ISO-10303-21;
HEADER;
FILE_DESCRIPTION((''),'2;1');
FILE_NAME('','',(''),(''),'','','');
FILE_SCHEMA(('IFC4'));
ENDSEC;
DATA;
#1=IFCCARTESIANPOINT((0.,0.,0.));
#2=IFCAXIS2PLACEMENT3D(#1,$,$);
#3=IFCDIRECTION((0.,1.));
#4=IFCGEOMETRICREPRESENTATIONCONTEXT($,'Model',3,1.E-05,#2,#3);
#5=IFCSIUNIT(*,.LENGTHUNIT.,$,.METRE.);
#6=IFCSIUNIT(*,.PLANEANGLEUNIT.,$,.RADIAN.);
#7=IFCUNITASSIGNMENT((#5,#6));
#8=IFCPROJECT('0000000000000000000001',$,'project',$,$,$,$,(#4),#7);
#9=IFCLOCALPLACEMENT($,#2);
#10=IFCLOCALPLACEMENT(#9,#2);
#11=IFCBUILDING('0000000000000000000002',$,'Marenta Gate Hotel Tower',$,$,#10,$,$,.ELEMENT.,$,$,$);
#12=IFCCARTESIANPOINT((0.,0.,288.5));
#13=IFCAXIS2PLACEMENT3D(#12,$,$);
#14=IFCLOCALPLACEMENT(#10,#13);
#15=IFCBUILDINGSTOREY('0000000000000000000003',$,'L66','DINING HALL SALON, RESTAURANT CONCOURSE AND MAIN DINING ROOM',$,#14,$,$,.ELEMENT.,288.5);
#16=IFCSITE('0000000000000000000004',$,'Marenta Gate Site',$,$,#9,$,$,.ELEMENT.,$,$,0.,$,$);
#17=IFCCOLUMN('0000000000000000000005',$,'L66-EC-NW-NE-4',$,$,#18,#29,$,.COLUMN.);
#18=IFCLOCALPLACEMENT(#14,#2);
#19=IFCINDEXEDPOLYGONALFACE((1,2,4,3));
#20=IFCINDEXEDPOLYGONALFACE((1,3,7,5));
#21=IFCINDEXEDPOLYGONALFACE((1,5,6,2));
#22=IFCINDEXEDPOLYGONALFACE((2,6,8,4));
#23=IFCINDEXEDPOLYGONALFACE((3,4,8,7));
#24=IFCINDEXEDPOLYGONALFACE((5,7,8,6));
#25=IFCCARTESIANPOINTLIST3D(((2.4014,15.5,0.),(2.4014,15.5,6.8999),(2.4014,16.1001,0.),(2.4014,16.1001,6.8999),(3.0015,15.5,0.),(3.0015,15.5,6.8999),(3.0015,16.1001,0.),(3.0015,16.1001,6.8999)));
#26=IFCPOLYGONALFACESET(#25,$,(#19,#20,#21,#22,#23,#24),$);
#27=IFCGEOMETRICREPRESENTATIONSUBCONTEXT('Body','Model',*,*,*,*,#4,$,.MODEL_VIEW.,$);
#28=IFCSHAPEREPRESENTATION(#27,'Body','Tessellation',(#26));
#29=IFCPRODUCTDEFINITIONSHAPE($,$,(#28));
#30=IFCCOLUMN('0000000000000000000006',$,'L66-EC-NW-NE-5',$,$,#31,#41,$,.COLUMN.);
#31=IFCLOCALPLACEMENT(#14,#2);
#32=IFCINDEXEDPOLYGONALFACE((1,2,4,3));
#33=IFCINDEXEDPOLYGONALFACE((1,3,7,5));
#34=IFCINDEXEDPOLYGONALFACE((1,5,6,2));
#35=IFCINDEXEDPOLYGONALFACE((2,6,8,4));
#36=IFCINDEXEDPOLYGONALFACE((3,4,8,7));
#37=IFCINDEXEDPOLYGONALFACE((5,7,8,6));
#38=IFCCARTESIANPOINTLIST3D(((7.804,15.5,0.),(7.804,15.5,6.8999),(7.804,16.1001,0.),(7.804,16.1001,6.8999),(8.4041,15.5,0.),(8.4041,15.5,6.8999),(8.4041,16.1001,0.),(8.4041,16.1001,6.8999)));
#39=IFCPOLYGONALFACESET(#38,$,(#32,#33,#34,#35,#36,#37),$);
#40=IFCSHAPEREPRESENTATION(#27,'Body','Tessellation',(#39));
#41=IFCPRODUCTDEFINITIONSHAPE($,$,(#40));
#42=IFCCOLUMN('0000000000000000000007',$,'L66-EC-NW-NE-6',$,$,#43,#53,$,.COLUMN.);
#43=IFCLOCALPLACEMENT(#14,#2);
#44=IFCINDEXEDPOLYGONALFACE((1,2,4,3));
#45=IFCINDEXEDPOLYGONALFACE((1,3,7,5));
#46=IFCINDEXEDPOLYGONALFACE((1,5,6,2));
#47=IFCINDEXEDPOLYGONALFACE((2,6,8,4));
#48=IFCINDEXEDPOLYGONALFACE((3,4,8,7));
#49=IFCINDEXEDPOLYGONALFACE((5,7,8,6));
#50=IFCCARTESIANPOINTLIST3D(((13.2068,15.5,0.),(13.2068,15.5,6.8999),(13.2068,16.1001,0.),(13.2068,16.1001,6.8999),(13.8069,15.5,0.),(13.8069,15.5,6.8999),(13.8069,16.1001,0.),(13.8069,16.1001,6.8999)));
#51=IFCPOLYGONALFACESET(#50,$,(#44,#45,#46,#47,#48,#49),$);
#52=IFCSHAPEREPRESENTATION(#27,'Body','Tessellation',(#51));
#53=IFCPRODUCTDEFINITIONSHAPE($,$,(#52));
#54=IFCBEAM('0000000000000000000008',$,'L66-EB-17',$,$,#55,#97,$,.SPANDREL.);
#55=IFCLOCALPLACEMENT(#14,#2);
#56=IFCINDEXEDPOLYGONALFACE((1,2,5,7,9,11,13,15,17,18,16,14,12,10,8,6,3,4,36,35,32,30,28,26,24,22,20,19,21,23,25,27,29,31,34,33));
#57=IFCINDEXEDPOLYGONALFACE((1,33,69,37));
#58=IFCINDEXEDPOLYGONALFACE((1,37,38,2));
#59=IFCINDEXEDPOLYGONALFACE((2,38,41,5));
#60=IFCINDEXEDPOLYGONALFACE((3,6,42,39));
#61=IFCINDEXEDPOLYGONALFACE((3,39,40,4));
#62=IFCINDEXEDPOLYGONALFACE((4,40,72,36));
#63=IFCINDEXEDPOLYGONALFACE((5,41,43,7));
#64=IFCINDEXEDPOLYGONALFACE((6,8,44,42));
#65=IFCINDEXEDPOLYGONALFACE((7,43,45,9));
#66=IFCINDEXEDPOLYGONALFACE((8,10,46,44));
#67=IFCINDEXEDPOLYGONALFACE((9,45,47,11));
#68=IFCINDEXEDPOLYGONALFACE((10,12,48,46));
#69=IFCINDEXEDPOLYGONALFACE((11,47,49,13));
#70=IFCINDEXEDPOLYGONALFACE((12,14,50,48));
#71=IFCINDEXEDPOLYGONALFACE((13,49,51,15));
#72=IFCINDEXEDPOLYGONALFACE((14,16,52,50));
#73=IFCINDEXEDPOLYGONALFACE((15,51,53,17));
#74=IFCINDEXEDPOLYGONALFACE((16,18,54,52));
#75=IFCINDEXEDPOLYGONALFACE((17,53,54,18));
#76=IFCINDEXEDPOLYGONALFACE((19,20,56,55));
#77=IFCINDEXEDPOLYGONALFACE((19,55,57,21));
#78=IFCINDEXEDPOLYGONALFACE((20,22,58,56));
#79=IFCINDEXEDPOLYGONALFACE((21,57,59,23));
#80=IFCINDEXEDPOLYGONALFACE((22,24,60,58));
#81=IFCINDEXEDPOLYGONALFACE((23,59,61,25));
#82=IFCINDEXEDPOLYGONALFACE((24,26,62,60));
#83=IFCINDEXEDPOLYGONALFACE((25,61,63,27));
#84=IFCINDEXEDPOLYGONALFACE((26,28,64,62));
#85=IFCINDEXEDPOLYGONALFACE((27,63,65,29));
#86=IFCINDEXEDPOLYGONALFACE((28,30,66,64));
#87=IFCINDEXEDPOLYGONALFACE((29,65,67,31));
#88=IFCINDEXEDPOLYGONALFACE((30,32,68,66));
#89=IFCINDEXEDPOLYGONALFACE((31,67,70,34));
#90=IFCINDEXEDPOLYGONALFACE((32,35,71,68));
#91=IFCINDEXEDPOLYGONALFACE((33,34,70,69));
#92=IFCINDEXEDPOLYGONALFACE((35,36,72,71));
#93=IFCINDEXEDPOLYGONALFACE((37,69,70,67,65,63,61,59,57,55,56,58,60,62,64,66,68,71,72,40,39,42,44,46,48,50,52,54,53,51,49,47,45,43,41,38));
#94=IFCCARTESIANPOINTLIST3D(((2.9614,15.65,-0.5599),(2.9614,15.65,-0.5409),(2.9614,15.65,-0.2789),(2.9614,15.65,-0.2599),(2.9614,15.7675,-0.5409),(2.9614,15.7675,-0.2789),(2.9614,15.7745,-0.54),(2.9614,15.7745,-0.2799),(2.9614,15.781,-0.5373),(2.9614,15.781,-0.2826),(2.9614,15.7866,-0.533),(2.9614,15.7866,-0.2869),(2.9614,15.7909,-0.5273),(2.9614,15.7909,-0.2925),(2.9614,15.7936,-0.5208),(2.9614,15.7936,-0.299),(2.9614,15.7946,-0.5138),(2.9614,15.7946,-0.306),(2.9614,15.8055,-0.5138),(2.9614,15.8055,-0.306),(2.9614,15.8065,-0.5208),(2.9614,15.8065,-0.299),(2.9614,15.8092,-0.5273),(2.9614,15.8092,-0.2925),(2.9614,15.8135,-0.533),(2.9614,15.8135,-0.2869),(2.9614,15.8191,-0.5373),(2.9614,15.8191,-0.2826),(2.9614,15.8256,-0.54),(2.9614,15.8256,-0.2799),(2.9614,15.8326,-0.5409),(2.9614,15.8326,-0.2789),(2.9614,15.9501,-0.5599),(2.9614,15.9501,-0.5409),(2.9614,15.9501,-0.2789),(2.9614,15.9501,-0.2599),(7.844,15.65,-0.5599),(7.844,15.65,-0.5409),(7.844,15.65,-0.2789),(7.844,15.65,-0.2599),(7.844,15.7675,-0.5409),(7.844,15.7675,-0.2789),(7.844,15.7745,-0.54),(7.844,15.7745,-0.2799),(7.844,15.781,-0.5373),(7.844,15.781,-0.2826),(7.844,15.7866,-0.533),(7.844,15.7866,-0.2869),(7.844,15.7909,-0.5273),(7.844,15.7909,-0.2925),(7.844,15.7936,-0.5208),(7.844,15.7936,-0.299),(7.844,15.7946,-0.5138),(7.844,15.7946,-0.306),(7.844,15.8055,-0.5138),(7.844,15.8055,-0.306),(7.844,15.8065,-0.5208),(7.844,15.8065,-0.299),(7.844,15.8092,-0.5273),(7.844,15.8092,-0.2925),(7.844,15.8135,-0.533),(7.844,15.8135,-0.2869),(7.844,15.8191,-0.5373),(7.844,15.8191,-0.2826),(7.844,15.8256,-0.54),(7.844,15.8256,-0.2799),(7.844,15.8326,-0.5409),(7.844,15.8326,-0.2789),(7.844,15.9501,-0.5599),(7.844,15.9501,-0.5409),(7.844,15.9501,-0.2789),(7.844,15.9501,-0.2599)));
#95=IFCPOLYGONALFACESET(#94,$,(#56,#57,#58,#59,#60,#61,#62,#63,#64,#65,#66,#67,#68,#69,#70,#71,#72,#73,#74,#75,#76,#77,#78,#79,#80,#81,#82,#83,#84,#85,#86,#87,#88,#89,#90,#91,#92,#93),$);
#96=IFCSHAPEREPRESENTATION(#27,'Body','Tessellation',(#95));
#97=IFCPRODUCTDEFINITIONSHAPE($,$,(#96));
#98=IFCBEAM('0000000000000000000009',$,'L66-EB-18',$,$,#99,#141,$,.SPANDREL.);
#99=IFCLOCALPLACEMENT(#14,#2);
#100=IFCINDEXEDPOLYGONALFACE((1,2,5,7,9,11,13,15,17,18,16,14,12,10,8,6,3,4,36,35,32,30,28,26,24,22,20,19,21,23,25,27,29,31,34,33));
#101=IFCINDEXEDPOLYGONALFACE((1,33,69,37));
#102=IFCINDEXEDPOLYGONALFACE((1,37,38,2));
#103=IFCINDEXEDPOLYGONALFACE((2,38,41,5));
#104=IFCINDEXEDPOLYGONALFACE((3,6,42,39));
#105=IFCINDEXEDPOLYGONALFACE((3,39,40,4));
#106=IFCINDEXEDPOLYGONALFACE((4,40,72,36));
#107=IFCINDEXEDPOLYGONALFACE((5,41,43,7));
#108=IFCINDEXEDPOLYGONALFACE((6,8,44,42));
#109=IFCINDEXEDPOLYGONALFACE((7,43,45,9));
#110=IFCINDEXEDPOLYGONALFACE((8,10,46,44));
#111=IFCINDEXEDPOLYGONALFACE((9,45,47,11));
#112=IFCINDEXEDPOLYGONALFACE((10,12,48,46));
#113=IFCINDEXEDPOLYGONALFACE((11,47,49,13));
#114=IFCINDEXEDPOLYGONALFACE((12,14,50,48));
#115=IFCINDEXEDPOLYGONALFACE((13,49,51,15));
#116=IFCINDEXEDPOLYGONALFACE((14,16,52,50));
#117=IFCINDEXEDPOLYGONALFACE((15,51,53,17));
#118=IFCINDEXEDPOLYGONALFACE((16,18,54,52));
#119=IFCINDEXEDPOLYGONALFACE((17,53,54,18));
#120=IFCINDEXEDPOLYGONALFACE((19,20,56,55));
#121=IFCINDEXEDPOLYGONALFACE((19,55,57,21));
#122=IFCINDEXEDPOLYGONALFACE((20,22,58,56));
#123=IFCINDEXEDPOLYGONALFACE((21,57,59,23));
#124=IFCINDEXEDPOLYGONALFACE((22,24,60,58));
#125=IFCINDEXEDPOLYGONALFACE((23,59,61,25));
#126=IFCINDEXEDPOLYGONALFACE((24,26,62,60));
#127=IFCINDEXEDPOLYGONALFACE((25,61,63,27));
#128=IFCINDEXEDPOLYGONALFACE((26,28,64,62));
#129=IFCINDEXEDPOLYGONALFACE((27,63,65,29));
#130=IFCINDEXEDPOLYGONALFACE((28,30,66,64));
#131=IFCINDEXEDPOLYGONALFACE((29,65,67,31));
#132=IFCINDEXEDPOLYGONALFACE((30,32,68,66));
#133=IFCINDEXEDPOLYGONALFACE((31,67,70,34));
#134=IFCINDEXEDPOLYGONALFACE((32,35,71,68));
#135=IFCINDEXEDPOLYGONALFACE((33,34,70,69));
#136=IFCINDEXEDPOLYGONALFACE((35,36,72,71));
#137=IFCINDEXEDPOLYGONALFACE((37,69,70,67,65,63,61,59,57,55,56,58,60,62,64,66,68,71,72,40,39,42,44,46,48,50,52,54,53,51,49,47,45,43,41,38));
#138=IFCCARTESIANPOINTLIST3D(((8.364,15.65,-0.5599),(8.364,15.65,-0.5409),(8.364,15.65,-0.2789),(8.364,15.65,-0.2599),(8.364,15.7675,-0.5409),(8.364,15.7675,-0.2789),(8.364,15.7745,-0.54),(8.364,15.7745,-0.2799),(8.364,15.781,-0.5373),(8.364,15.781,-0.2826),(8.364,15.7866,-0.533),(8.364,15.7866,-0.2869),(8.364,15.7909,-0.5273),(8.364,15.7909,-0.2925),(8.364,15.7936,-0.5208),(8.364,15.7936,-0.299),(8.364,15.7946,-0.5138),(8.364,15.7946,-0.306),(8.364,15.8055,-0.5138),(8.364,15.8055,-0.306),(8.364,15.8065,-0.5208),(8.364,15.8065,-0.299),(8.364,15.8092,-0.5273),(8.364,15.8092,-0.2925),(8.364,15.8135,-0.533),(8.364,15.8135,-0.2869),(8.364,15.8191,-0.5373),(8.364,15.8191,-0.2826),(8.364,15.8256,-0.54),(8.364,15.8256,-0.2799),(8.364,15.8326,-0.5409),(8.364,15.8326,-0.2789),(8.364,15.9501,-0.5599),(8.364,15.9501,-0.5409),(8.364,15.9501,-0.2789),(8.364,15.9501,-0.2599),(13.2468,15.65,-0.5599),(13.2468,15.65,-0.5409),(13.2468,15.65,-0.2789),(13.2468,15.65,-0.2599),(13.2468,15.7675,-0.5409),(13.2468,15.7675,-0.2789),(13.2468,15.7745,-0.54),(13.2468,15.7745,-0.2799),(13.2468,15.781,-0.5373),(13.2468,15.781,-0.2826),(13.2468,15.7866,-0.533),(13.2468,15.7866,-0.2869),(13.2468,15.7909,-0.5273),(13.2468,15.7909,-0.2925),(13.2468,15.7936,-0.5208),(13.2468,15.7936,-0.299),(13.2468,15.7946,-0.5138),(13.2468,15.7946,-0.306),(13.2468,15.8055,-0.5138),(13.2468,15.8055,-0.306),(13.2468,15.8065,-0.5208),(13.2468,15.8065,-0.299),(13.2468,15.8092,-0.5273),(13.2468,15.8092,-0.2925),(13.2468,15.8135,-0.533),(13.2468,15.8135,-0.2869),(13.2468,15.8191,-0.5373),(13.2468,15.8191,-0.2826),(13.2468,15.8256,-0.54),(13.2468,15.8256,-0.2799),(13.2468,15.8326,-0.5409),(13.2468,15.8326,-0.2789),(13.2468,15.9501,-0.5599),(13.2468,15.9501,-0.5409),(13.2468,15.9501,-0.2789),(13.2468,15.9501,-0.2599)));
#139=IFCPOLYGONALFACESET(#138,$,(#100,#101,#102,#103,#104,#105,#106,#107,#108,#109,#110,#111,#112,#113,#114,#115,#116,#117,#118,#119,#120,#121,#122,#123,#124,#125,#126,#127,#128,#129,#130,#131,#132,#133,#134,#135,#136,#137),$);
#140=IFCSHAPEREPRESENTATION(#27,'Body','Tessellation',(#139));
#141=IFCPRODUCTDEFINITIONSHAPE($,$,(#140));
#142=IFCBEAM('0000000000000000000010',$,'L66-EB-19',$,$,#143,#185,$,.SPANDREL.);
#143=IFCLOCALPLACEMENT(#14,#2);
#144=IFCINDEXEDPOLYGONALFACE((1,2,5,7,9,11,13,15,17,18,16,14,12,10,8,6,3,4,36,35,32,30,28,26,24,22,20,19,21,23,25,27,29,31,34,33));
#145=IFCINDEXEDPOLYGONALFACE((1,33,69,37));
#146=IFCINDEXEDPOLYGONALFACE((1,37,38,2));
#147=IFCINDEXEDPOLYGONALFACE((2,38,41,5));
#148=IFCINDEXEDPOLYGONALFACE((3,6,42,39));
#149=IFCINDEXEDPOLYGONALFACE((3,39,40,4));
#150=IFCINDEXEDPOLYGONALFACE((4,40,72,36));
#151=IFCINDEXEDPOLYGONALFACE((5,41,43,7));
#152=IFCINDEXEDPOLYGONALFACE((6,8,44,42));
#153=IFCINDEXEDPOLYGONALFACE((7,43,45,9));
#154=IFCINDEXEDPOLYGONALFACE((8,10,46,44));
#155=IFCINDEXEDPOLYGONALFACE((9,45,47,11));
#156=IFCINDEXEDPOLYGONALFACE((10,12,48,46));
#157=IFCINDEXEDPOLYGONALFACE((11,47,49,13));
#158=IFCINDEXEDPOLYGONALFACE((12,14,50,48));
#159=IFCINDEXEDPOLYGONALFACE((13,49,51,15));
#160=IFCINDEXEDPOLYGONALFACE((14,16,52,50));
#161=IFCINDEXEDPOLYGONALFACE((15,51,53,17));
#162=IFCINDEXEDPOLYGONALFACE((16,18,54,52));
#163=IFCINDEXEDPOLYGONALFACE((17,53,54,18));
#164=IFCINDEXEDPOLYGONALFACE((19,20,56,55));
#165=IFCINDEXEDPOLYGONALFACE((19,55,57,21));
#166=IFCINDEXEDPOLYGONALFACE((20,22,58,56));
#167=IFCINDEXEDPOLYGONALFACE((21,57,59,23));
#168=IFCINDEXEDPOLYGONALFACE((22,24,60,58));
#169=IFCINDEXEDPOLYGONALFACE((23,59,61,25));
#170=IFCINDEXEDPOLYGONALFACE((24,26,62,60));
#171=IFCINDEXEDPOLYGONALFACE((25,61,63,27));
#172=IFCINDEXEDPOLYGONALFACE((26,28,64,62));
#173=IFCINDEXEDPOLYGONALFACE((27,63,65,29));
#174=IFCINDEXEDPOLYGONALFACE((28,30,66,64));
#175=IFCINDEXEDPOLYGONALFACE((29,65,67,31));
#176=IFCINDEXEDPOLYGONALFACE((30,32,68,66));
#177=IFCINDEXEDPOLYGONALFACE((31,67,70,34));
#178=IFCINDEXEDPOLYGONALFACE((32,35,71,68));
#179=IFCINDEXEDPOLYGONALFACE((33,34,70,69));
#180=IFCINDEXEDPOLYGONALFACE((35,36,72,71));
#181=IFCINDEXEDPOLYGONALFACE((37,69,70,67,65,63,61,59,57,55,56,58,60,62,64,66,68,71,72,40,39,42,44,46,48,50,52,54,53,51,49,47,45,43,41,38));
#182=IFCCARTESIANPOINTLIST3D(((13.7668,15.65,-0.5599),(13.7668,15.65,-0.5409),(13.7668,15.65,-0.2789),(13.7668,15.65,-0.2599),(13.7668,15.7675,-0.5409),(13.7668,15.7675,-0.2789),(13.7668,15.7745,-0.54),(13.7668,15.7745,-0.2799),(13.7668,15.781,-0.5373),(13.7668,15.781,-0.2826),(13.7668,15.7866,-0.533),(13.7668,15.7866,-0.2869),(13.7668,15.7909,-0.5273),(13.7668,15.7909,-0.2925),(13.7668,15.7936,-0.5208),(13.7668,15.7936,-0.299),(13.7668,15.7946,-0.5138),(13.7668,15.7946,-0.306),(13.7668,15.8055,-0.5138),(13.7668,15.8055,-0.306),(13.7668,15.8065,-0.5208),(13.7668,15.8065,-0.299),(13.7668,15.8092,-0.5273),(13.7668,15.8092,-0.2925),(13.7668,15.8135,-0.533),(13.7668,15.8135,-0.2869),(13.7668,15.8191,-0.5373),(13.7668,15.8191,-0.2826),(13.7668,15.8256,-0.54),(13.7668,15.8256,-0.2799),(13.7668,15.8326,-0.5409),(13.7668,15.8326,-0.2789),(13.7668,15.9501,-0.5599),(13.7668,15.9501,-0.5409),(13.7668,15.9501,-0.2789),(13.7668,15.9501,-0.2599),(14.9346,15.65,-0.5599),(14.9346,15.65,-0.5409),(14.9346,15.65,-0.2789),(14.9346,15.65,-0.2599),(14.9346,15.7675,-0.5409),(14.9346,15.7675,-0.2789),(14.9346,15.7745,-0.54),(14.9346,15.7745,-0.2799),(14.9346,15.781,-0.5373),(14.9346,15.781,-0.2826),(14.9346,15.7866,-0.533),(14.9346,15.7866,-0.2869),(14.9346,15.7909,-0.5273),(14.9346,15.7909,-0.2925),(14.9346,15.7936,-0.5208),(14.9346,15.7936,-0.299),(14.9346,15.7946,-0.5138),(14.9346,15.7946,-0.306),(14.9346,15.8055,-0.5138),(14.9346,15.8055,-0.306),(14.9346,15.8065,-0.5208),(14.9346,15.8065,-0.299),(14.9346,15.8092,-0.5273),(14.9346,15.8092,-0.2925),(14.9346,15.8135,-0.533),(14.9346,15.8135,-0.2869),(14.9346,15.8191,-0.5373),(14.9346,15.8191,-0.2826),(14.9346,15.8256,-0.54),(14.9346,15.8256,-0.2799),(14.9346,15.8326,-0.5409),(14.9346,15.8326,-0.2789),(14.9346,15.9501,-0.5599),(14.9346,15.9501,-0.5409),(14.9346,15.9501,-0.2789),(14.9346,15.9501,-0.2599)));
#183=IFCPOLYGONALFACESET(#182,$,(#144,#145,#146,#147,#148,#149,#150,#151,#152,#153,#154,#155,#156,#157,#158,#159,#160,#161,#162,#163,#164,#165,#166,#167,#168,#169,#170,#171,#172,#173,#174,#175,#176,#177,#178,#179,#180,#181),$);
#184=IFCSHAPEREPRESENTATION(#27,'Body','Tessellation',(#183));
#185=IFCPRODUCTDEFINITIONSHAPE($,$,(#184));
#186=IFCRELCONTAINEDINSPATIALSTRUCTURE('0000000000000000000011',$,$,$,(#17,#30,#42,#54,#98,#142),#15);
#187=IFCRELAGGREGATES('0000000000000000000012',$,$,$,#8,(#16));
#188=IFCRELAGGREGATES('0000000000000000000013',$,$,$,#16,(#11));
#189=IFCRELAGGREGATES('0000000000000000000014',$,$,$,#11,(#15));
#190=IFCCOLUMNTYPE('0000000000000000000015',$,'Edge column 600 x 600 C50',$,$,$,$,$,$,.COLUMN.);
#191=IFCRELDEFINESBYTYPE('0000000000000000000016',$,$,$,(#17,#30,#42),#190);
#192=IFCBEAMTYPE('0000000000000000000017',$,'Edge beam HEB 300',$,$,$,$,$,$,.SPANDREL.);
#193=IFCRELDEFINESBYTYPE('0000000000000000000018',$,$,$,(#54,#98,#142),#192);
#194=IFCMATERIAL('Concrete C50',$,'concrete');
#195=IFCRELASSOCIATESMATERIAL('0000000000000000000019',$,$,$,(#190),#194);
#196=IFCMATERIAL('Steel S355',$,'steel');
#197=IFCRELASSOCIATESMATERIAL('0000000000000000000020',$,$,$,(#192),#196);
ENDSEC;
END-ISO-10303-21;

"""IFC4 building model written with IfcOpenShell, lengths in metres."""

from ifc_helpers import new_model, si_unit, direction, frame, origin, origin_2d, place, context, subcontext, project, spatial, rectangle, i_section, extrude, material, material_profile, profile_set, type_object, element, save


model = new_model("IFC4")

# Units and contexts
model_context = context("Model", 3, precision=1e-05, world=origin(), true_north=direction((0.0, 1.0)))
body_context = subcontext(model_context, "Body", "Model", "MODEL_VIEW")
ifc_project = project(units=[si_unit("LENGTHUNIT", "METRE"), si_unit("PLANEANGLEUNIT", "RADIAN")], contexts=[model_context])

# Site, building, storey
site_placement = place(None, origin())
site = spatial("IfcSite", under=ifc_project, at=site_placement, Name="Marenta Gate Site", CompositionType="ELEMENT", RefElevation=0.0)
building_placement = place(site_placement, origin())
building = spatial("IfcBuilding", under=site, at=building_placement, Name="Marenta Gate Hotel Tower", CompositionType="ELEMENT")
storey_placement = place(building_placement, frame((0.0, 0.0, 288.5)))
storey = spatial("IfcBuildingStorey", under=building, at=storey_placement, Name="L66", Description="DINING HALL SALON, RESTAURANT CONCOURSE AND MAIN DINING ROOM", CompositionType="ELEMENT", Elevation=288.5)

# Columns
ifc_material_1 = material(Name="Concrete C50", Category="concrete")
ifc_material_profile_1 = material_profile(ifc_material_1, rectangle(XDim=0.6001, YDim=0.6001, at=origin_2d()), Name="600 x 600")
ifc_profile_set_1 = profile_set([ifc_material_profile_1], Name="Concrete C50")
column_type = type_object("IfcColumnType", Name="Edge column 600 x 600 C50", PredefinedType="COLUMN", material=ifc_profile_set_1)
for number, where, z_axis, x_axis, name in (
    (1, (2.7014, 15.8, 0.0), (0.0, 0.0, 1.0), (1.0, 0.0, 0.0), "L66-EC-NW-NE-4"),
    (2, (8.104, 15.8, 0.0), (0.0, 0.0, 1.0), (1.0, 0.0, 0.0), "L66-EC-NW-NE-5"),
    (3, (13.5068, 15.8, 0.0), (0.0, 0.0, 1.0), (1.0, 0.0, 0.0), "L66-EC-NW-NE-6"),
):
    element("IfcColumn", number, at=place(storey_placement, frame(where, z_axis=z_axis, x_axis=x_axis)), inside=storey, type_object=column_type, Name=name, PredefinedType="COLUMN", context=body_context, shape_type="SweptSolid", body=[
        extrude(rectangle(XDim=0.6001, YDim=0.6001, at=origin_2d()), origin(), (0.0, 0.0, 1.0), 6.8999),
    ])

# Beams
ifc_material_2 = material(Name="Steel S355", Category="steel")
ifc_material_profile_2 = material_profile(ifc_material_2, i_section(OverallWidth=0.3, OverallDepth=0.3, WebThickness=0.011, FlangeThickness=0.019, FilletRadius=0.0271, at=origin_2d()), Name="HEB 300")
ifc_profile_set_2 = profile_set([ifc_material_profile_2], Name="Steel S355")
beam_type = type_object("IfcBeamType", Name="Edge beam HEB 300", PredefinedType="SPANDREL", material=ifc_profile_set_2)
beam_1_placement = place(storey_placement, frame((2.9614, 15.8, -0.4099), z_axis=(1.0, 0.0, 0.0), x_axis=(0.0, 1.0, 0.0)))
element("IfcBeam", 4, at=beam_1_placement, inside=storey, type_object=beam_type, Name="L66-EB-17", PredefinedType="SPANDREL", context=body_context, shape_type="SweptSolid", body=[
    extrude(i_section(OverallWidth=0.3, OverallDepth=0.3, WebThickness=0.011, FlangeThickness=0.019, FilletRadius=0.0271, at=origin_2d()), origin(), (0.0, 0.0, 1.0), 4.8826),
])
beam_2_placement = place(storey_placement, frame((8.364, 15.8, -0.4099), z_axis=(1.0, 0.0, 0.0), x_axis=(0.0, 1.0, 0.0)))
element("IfcBeam", 5, at=beam_2_placement, inside=storey, type_object=beam_type, Name="L66-EB-18", PredefinedType="SPANDREL", context=body_context, shape_type="SweptSolid", body=[
    extrude(i_section(OverallWidth=0.3, OverallDepth=0.3, WebThickness=0.011, FlangeThickness=0.019, FilletRadius=0.0271, at=origin_2d()), origin(), (0.0, 0.0, 1.0), 4.8828),
])
beam_3_placement = place(storey_placement, frame((13.7668, 15.8, -0.4099), z_axis=(1.0, 0.0, 0.0), x_axis=(0.0, 1.0, 0.0)))
element("IfcBeam", 6, at=beam_3_placement, inside=storey, type_object=beam_type, Name="L66-EB-19", PredefinedType="SPANDREL", context=body_context, shape_type="SweptSolid", body=[
    extrude(i_section(OverallWidth=0.3, OverallDepth=0.3, WebThickness=0.011, FlangeThickness=0.019, FilletRadius=0.0271, at=origin_2d()), origin(), (0.0, 0.0, 1.0), 1.1677),
])

save(model, "model.ifc")
